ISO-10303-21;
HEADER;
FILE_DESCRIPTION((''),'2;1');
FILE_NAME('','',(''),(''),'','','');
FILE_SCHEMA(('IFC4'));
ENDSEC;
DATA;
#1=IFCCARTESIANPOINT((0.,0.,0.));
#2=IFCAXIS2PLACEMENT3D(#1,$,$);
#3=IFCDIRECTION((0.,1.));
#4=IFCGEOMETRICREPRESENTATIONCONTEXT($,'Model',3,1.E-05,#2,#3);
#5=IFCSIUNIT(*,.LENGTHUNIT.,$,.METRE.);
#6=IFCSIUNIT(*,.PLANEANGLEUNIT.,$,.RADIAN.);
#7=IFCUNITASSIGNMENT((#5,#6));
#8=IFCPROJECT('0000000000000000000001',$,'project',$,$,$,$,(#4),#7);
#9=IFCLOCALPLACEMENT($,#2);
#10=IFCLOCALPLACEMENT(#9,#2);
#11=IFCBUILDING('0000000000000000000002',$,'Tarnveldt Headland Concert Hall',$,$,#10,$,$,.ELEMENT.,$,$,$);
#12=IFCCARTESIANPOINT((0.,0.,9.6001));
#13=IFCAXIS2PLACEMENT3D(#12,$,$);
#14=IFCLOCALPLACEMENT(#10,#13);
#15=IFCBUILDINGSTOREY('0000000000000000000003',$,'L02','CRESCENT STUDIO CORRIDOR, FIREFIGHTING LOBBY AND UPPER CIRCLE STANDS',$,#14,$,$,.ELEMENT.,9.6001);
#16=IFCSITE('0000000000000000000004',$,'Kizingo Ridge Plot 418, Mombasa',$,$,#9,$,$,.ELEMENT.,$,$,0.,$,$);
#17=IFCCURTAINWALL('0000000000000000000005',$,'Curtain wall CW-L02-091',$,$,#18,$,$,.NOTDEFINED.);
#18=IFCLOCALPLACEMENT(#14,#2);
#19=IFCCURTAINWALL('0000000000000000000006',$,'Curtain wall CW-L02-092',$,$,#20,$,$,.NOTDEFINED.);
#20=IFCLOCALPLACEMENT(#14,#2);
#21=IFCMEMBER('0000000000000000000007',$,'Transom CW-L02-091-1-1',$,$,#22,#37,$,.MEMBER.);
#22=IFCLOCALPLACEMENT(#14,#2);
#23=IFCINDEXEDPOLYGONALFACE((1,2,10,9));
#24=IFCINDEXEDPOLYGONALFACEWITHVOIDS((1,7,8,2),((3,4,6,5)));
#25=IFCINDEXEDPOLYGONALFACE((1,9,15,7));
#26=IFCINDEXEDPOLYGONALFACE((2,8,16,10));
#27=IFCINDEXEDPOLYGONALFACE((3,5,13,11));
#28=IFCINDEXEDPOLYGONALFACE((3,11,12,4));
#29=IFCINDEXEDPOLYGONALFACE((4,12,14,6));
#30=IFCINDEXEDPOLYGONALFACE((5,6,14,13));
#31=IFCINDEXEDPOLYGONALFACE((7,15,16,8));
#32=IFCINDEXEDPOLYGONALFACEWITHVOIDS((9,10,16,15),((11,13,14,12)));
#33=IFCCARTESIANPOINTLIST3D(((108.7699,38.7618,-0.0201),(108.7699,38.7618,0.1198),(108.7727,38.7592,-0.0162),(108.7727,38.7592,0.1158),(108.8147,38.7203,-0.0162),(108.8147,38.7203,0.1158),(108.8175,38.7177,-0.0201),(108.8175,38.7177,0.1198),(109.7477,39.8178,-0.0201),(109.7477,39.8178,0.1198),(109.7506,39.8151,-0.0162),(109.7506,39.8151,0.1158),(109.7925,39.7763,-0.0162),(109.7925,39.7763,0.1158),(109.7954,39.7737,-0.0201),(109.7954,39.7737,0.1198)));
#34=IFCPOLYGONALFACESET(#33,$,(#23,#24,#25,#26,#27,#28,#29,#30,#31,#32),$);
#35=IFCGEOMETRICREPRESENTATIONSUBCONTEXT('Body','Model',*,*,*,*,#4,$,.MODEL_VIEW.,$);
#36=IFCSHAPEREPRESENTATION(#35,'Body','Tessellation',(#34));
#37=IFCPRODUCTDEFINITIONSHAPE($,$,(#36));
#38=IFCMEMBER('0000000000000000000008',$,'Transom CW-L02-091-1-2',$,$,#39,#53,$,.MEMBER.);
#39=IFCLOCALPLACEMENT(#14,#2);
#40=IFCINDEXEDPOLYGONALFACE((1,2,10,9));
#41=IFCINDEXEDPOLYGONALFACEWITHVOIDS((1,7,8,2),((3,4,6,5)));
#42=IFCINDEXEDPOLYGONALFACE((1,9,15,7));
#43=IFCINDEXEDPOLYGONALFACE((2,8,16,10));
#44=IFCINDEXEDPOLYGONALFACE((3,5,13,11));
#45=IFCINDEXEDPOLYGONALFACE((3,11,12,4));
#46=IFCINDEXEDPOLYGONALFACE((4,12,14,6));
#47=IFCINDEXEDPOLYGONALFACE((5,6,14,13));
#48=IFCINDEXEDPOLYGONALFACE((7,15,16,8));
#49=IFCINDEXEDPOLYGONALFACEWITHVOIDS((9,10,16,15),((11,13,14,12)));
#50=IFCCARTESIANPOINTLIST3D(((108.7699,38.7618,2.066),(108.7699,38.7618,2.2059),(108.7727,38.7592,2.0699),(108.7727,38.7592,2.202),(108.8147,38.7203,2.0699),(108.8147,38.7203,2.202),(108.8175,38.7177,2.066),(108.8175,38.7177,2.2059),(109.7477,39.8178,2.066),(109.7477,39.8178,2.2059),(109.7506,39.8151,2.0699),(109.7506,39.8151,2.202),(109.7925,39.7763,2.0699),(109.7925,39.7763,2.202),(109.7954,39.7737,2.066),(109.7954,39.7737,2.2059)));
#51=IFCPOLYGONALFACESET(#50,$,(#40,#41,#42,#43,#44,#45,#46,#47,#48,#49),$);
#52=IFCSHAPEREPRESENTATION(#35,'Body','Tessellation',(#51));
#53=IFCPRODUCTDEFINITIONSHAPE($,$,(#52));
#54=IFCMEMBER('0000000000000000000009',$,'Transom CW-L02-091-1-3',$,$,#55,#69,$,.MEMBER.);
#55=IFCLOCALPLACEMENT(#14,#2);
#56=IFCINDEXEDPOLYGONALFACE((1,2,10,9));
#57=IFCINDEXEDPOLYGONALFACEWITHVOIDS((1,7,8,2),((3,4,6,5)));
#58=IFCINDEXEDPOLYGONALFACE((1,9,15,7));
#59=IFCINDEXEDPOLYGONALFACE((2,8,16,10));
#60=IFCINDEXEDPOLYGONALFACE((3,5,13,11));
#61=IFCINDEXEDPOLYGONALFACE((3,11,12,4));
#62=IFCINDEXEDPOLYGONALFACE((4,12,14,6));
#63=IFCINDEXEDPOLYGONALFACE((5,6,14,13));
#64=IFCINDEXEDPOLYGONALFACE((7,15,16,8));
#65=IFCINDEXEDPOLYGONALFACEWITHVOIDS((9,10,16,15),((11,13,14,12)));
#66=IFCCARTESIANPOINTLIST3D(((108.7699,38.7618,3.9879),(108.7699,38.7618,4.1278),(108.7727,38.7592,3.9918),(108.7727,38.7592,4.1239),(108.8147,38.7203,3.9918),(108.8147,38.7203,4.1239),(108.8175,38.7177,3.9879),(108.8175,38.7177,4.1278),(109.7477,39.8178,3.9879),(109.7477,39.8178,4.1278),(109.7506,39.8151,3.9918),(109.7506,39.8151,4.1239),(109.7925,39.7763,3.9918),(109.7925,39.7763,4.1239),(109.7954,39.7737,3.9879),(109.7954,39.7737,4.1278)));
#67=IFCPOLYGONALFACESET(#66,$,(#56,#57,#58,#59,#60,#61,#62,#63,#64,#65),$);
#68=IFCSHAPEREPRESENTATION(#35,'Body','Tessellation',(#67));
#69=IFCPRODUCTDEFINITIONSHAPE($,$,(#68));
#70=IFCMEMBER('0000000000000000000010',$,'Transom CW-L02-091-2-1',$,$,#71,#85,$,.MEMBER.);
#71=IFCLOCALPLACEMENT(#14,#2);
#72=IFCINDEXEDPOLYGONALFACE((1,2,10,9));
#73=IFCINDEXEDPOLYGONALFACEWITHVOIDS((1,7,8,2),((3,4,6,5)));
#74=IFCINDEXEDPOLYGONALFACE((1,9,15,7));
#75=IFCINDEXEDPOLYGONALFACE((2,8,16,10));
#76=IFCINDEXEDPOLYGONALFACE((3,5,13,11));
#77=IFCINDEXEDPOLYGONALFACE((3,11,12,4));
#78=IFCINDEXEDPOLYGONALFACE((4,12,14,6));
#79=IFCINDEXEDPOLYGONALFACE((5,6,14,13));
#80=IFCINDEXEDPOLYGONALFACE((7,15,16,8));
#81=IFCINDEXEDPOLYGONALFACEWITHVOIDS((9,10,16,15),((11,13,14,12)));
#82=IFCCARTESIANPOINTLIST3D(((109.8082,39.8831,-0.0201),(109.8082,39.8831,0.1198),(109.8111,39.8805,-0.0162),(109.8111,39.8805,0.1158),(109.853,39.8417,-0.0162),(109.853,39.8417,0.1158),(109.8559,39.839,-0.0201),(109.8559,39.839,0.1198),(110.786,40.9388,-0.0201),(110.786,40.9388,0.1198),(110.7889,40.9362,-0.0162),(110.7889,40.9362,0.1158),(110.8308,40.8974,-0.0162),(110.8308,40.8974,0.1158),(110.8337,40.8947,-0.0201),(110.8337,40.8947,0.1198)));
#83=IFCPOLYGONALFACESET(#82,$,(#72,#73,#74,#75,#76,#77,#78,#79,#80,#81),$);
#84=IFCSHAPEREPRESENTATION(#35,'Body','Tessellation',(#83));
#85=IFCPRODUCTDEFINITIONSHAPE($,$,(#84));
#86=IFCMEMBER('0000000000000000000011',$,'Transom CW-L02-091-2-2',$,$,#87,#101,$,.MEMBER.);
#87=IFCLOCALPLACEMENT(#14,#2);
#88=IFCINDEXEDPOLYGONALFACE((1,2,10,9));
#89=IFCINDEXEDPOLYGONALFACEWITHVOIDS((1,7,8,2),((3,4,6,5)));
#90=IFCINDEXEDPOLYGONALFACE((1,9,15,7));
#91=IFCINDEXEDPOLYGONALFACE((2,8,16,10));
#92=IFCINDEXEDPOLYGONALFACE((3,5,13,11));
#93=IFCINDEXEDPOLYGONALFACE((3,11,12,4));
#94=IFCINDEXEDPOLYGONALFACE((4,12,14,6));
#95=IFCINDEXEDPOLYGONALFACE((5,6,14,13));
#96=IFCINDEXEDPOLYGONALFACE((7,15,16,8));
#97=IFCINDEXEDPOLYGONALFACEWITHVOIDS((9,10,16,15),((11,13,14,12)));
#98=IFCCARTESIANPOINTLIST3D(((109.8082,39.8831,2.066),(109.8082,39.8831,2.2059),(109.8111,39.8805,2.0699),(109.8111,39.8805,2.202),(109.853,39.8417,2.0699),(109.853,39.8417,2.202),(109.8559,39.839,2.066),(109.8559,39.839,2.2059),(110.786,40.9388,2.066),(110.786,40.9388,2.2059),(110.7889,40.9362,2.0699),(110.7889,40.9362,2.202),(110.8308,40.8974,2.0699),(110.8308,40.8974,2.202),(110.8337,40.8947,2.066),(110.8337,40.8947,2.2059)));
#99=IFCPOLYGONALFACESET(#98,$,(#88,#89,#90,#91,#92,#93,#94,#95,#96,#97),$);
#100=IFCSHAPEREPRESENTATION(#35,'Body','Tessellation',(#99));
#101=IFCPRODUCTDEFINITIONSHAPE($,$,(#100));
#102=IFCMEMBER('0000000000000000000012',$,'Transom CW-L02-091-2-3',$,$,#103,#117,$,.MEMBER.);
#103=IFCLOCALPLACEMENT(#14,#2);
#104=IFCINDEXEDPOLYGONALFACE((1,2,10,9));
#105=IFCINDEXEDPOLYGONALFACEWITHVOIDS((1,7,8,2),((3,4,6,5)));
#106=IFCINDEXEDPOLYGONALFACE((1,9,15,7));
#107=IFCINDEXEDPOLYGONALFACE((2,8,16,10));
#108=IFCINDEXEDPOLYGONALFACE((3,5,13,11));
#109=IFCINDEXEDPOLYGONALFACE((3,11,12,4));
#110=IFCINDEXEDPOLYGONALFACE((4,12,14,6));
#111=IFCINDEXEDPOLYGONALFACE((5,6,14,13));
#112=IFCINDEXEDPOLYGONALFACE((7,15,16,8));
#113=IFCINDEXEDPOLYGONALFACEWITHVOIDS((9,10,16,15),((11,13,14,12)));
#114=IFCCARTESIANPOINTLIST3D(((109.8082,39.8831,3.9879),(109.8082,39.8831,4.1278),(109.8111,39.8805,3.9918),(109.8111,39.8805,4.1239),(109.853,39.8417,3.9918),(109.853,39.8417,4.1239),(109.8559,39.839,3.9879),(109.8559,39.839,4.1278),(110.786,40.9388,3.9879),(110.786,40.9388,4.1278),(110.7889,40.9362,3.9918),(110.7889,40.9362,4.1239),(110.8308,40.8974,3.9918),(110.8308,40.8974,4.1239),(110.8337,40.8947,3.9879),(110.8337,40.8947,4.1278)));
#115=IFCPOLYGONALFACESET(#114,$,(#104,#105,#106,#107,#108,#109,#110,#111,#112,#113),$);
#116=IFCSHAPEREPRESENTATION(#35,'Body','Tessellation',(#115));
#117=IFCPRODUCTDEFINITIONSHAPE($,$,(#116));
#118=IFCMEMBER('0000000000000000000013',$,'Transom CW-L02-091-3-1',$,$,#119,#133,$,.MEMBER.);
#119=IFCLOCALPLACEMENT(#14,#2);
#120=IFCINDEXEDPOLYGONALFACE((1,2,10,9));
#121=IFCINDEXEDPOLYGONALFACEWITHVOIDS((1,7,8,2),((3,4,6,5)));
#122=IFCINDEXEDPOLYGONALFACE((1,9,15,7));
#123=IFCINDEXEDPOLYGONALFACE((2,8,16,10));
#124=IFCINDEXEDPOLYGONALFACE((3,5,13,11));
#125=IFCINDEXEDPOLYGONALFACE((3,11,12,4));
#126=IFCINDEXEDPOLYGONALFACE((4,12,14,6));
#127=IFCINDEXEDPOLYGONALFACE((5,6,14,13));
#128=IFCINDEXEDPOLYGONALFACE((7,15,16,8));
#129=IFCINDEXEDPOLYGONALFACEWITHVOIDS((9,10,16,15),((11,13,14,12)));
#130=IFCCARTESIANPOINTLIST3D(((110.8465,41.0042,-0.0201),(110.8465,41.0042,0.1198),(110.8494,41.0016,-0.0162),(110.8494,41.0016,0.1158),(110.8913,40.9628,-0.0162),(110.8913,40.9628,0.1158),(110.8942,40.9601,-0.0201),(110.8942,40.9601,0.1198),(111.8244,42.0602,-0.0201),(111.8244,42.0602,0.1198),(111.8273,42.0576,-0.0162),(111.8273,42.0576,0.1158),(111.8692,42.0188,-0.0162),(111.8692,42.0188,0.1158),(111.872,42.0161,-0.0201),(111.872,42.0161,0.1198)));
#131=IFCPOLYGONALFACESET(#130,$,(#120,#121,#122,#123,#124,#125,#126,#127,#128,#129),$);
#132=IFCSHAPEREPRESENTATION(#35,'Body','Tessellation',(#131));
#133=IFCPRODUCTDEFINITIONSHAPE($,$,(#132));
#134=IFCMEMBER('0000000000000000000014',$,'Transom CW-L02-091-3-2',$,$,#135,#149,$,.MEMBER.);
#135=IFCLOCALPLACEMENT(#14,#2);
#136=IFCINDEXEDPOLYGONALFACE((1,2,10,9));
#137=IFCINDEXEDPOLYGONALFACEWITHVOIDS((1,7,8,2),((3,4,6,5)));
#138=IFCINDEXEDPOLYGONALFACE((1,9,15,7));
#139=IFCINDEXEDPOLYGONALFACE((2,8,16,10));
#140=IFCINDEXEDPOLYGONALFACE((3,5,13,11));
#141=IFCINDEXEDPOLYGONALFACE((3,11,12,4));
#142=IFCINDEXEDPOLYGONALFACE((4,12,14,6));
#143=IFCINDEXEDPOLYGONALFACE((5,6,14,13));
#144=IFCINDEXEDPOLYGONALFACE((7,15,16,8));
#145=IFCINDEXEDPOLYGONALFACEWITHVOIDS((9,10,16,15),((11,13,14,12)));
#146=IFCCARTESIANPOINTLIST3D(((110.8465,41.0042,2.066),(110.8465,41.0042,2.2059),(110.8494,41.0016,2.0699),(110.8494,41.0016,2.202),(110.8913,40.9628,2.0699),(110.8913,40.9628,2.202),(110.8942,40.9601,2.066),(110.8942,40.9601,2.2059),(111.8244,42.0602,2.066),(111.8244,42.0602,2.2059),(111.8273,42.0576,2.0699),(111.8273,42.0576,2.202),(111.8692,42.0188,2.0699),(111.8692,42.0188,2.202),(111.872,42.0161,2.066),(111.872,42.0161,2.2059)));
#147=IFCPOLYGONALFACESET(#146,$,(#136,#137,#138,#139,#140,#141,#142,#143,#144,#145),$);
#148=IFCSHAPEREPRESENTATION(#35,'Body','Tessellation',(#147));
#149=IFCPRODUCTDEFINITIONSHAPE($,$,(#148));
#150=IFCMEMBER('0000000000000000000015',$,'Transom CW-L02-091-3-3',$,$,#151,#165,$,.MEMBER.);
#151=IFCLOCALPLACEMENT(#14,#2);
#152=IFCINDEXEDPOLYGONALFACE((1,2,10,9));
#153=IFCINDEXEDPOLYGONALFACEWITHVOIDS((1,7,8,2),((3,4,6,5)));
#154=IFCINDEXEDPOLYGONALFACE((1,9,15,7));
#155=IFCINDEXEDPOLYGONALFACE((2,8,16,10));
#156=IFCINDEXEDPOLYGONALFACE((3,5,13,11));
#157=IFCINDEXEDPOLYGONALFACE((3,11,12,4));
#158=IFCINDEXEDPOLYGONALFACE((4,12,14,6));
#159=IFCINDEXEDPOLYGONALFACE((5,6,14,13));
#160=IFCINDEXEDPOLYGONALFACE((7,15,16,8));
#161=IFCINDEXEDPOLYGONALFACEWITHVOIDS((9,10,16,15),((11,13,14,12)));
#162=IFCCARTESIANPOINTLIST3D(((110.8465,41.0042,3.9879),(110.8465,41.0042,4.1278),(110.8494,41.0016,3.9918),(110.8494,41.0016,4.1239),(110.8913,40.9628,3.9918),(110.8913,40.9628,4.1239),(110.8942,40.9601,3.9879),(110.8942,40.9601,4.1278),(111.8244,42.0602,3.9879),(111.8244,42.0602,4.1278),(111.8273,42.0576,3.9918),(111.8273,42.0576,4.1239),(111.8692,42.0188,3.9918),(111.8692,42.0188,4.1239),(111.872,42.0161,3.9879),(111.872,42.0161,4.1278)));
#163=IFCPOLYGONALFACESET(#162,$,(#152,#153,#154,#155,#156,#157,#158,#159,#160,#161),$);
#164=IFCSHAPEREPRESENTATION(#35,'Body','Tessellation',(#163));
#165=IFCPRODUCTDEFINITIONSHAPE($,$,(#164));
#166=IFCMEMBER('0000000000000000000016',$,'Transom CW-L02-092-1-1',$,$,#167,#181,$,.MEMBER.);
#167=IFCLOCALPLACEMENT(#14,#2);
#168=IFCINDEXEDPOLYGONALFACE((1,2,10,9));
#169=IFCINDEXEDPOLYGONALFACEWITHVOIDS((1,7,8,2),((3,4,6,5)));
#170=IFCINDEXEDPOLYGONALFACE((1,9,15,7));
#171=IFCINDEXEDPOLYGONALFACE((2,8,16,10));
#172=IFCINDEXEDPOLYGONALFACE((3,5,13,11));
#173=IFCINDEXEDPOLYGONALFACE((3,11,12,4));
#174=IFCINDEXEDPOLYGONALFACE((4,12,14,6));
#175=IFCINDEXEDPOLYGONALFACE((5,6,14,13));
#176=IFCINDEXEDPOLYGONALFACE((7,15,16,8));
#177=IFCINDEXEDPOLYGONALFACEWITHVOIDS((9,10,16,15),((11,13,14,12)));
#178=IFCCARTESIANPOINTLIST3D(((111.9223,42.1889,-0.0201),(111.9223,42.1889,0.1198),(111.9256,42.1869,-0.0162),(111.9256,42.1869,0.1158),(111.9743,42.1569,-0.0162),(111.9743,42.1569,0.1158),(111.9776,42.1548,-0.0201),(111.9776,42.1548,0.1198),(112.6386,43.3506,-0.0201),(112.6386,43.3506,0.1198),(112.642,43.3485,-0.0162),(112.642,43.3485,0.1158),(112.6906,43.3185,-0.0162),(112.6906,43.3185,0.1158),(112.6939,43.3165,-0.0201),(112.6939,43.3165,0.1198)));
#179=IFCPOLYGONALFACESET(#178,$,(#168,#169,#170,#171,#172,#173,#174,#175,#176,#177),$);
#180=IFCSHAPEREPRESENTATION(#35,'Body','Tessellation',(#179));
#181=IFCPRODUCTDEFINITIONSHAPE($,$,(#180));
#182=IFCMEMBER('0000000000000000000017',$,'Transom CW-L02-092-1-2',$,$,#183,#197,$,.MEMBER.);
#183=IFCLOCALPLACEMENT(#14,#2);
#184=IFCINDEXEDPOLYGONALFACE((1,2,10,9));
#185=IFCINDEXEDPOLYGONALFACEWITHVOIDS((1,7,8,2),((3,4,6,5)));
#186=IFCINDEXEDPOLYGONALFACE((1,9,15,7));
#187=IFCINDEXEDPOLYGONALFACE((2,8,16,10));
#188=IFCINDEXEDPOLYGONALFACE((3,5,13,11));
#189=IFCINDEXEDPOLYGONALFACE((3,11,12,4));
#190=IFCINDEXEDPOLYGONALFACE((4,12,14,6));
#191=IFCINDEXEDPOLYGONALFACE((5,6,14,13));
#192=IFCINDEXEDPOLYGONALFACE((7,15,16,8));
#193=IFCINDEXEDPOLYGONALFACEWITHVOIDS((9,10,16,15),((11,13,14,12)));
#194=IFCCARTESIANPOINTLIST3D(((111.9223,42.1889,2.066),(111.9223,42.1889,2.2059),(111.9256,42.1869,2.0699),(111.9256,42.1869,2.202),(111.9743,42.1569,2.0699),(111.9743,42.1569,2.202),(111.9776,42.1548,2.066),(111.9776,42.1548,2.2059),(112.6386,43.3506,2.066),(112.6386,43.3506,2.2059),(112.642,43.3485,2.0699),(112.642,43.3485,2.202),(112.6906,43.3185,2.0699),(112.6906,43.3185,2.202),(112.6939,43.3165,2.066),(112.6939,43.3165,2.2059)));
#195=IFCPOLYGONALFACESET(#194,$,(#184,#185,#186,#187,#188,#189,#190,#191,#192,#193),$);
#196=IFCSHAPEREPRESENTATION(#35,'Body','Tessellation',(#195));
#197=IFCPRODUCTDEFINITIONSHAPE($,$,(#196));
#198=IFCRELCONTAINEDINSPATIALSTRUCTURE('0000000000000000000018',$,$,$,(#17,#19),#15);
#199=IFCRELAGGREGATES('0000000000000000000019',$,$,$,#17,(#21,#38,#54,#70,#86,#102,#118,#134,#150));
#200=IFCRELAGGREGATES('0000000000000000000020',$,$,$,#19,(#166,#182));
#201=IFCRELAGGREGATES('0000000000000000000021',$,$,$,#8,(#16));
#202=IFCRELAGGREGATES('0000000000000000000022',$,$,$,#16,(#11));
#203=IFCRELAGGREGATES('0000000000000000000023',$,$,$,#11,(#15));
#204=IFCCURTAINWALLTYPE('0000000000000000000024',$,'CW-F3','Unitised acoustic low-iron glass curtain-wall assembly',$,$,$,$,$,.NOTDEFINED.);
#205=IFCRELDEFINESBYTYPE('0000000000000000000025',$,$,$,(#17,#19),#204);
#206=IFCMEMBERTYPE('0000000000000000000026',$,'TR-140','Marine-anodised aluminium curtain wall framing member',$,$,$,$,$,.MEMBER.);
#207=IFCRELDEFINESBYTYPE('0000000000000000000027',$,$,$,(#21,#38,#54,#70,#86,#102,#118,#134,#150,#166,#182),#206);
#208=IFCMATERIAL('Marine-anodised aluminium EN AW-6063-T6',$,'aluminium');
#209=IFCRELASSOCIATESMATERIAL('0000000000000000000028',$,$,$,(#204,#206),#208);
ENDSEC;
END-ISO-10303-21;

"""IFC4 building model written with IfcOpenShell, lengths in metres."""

from ifc_helpers import new_model, si_unit, direction, frame, origin, origin_2d, place, context, subcontext, project, spatial, hollow_rectangle, extrude, material, material_profile, profile_set, type_object, element, aggregate, save


model = new_model("IFC4")

# Units and contexts
model_context = context("Model", 3, precision=1e-05, world=origin(), true_north=direction((0.0, 1.0)))
body_context = subcontext(model_context, "Body", "Model", "MODEL_VIEW")
ifc_project = project(units=[si_unit("LENGTHUNIT", "METRE"), si_unit("PLANEANGLEUNIT", "RADIAN")], contexts=[model_context])

# Site, building, storey
site_placement = place(None, origin())
site = spatial("IfcSite", under=ifc_project, at=site_placement, Name="Kizingo Ridge Plot 418, Mombasa", CompositionType="ELEMENT", RefElevation=0.0)
building_placement = place(site_placement, origin())
building = spatial("IfcBuilding", under=site, at=building_placement, Name="Tarnveldt Headland Concert Hall", CompositionType="ELEMENT")
storey_placement = place(building_placement, frame((0.0, 0.0, 9.6001)))
storey = spatial("IfcBuildingStorey", under=building, at=storey_placement, Name="L02", Description="CRESCENT STUDIO CORRIDOR, FIREFIGHTING LOBBY AND UPPER CIRCLE STANDS", CompositionType="ELEMENT", Elevation=9.6001)

# Curtain wall
ifc_material_1 = material(Name="Marine-anodised aluminium EN AW-6063-T6", Category="aluminium")
curtain_wall_type = type_object("IfcCurtainWallType", Name="CW-F3", Description="Unitised acoustic low-iron glass curtain-wall assembly", PredefinedType="NOTDEFINED", material=ifc_material_1)
curtain_wall_1_placement = place(storey_placement, origin())
curtain_wall_1 = element("IfcCurtainWall", 1, at=curtain_wall_1_placement, inside=storey, type_object=curtain_wall_type, Name="Curtain wall CW-L02-091", PredefinedType="NOTDEFINED")

# Curtain wall
curtain_wall_2_placement = place(storey_placement, origin())
curtain_wall_2 = element("IfcCurtainWall", 2, at=curtain_wall_2_placement, inside=storey, type_object=curtain_wall_type, Name="Curtain wall CW-L02-092", PredefinedType="NOTDEFINED")

# Members
ifc_material_profile_1 = material_profile(ifc_material_1, hollow_rectangle(XDim=0.0649, YDim=0.1399, WallThickness=0.0039, at=origin_2d()), Name="ALU TRANSOM 65x140x4", Category="aluminium")
ifc_profile_set_1 = profile_set([ifc_material_profile_1], Name="Marine-anodised aluminium EN AW-6063-T6")
member_type_1 = type_object("IfcMemberType", Name="TR-140", Description="Marine-anodised aluminium curtain wall framing member", PredefinedType="MEMBER", material=ifc_profile_set_1)
member_1_placement = place(storey_placement, frame((108.7937, 38.7397, 0.0498), z_axis=(0.679442, 0.733729, 0.0), x_axis=(-0.733729, 0.679442, 0.0)))
member_1 = element("IfcMember", 3, at=member_1_placement, type_object=member_type_1, Name="Transom CW-L02-091-1-1", PredefinedType="MEMBER", context=body_context, shape_type="SweptSolid", body=[
    extrude(hollow_rectangle(XDim=0.0649, YDim=0.1399, WallThickness=0.0039, at=origin_2d()), origin(), (0.0, 0.0, 1.0), 1.4392),
])
member_2_placement = place(storey_placement, frame((108.7937, 38.7397, 2.136), z_axis=(0.679442, 0.733729, 0.0), x_axis=(-0.733729, 0.679442, 0.0)))
member_2 = element("IfcMember", 4, at=member_2_placement, type_object=member_type_1, Name="Transom CW-L02-091-1-2", PredefinedType="MEMBER", context=body_context, shape_type="SweptSolid", body=[
    extrude(hollow_rectangle(XDim=0.0649, YDim=0.1399, WallThickness=0.0039, at=origin_2d()), origin(), (0.0, 0.0, 1.0), 1.4392),
])
member_3_placement = place(storey_placement, frame((108.7937, 38.7397, 4.0579), z_axis=(0.679442, 0.733729, 0.0), x_axis=(-0.733729, 0.679442, 0.0)))
member_3 = element("IfcMember", 5, at=member_3_placement, type_object=member_type_1, Name="Transom CW-L02-091-1-3", PredefinedType="MEMBER", context=body_context, shape_type="SweptSolid", body=[
    extrude(hollow_rectangle(XDim=0.0649, YDim=0.1399, WallThickness=0.0039, at=origin_2d()), origin(), (0.0, 0.0, 1.0), 1.4392),
])
member_4_placement = place(storey_placement, frame((109.832, 39.8611, 0.0498), z_axis=(0.679526, 0.733651, 0.0), x_axis=(-0.733651, 0.679526, 0.0)))
member_4 = element("IfcMember", 6, at=member_4_placement, type_object=member_type_1, Name="Transom CW-L02-091-2-1", PredefinedType="MEMBER", context=body_context, shape_type="SweptSolid", body=[
    extrude(hollow_rectangle(XDim=0.0649, YDim=0.1399, WallThickness=0.0039, at=origin_2d()), origin(), (0.0, 0.0, 1.0), 1.439),
])
member_5_placement = place(storey_placement, frame((109.832, 39.8611, 2.136), z_axis=(0.679526, 0.733651, 0.0), x_axis=(-0.733651, 0.679526, 0.0)))
member_5 = element("IfcMember", 7, at=member_5_placement, type_object=member_type_1, Name="Transom CW-L02-091-2-2", PredefinedType="MEMBER", context=body_context, shape_type="SweptSolid", body=[
    extrude(hollow_rectangle(XDim=0.0649, YDim=0.1399, WallThickness=0.0039, at=origin_2d()), origin(), (0.0, 0.0, 1.0), 1.439),
])
member_6_placement = place(storey_placement, frame((109.832, 39.8611, 4.0579), z_axis=(0.679526, 0.733651, 0.0), x_axis=(-0.733651, 0.679526, 0.0)))
member_6 = element("IfcMember", 8, at=member_6_placement, type_object=member_type_1, Name="Transom CW-L02-091-2-3", PredefinedType="MEMBER", context=body_context, shape_type="SweptSolid", body=[
    extrude(hollow_rectangle(XDim=0.0649, YDim=0.1399, WallThickness=0.0039, at=origin_2d()), origin(), (0.0, 0.0, 1.0), 1.439),
])
member_7_placement = place(storey_placement, frame((110.8704, 40.9822, 0.0498), z_axis=(0.679442, 0.733729, 0.0), x_axis=(-0.733729, 0.679442, 0.0)))
member_7 = element("IfcMember", 9, at=member_7_placement, type_object=member_type_1, Name="Transom CW-L02-091-3-1", PredefinedType="MEMBER", context=body_context, shape_type="SweptSolid", body=[
    extrude(hollow_rectangle(XDim=0.0649, YDim=0.1399, WallThickness=0.0039, at=origin_2d()), origin(), (0.0, 0.0, 1.0), 1.4392),
])
member_8_placement = place(storey_placement, frame((110.8704, 40.9822, 2.136), z_axis=(0.679442, 0.733729, 0.0), x_axis=(-0.733729, 0.679442, 0.0)))
member_8 = element("IfcMember", 10, at=member_8_placement, type_object=member_type_1, Name="Transom CW-L02-091-3-2", PredefinedType="MEMBER", context=body_context, shape_type="SweptSolid", body=[
    extrude(hollow_rectangle(XDim=0.0649, YDim=0.1399, WallThickness=0.0039, at=origin_2d()), origin(), (0.0, 0.0, 1.0), 1.4392),
])
member_9_placement = place(storey_placement, frame((110.8704, 40.9822, 4.0579), z_axis=(0.679442, 0.733729, 0.0), x_axis=(-0.733729, 0.679442, 0.0)))
member_9 = element("IfcMember", 11, at=member_9_placement, type_object=member_type_1, Name="Transom CW-L02-091-3-3", PredefinedType="MEMBER", context=body_context, shape_type="SweptSolid", body=[
    extrude(hollow_rectangle(XDim=0.0649, YDim=0.1399, WallThickness=0.0039, at=origin_2d()), origin(), (0.0, 0.0, 1.0), 1.4392),
])
member_10_placement = place(storey_placement, frame((111.95, 42.1719, 0.0498), z_axis=(0.524876, 0.851179, 0.0), x_axis=(-0.851179, 0.524876, 0.0)))
member_10 = element("IfcMember", 12, at=member_10_placement, type_object=member_type_1, Name="Transom CW-L02-092-1-1", PredefinedType="MEMBER", context=body_context, shape_type="SweptSolid", body=[
    extrude(hollow_rectangle(XDim=0.0649, YDim=0.1399, WallThickness=0.0039, at=origin_2d()), origin(), (0.0, 0.0, 1.0), 1.3647),
])
member_11_placement = place(storey_placement, frame((111.95, 42.1719, 2.136), z_axis=(0.524876, 0.851179, 0.0), x_axis=(-0.851179, 0.524876, 0.0)))
member_11 = element("IfcMember", 13, at=member_11_placement, type_object=member_type_1, Name="Transom CW-L02-092-1-2", PredefinedType="MEMBER", context=body_context, shape_type="SweptSolid", body=[
    extrude(hollow_rectangle(XDim=0.0649, YDim=0.1399, WallThickness=0.0039, at=origin_2d()), origin(), (0.0, 0.0, 1.0), 1.3647),
])

aggregate(curtain_wall_1, [member_1, member_2, member_3, member_4, member_5, member_6, member_7, member_8, member_9])
aggregate(curtain_wall_2, [member_10, member_11])

save(model, "model.ifc")
